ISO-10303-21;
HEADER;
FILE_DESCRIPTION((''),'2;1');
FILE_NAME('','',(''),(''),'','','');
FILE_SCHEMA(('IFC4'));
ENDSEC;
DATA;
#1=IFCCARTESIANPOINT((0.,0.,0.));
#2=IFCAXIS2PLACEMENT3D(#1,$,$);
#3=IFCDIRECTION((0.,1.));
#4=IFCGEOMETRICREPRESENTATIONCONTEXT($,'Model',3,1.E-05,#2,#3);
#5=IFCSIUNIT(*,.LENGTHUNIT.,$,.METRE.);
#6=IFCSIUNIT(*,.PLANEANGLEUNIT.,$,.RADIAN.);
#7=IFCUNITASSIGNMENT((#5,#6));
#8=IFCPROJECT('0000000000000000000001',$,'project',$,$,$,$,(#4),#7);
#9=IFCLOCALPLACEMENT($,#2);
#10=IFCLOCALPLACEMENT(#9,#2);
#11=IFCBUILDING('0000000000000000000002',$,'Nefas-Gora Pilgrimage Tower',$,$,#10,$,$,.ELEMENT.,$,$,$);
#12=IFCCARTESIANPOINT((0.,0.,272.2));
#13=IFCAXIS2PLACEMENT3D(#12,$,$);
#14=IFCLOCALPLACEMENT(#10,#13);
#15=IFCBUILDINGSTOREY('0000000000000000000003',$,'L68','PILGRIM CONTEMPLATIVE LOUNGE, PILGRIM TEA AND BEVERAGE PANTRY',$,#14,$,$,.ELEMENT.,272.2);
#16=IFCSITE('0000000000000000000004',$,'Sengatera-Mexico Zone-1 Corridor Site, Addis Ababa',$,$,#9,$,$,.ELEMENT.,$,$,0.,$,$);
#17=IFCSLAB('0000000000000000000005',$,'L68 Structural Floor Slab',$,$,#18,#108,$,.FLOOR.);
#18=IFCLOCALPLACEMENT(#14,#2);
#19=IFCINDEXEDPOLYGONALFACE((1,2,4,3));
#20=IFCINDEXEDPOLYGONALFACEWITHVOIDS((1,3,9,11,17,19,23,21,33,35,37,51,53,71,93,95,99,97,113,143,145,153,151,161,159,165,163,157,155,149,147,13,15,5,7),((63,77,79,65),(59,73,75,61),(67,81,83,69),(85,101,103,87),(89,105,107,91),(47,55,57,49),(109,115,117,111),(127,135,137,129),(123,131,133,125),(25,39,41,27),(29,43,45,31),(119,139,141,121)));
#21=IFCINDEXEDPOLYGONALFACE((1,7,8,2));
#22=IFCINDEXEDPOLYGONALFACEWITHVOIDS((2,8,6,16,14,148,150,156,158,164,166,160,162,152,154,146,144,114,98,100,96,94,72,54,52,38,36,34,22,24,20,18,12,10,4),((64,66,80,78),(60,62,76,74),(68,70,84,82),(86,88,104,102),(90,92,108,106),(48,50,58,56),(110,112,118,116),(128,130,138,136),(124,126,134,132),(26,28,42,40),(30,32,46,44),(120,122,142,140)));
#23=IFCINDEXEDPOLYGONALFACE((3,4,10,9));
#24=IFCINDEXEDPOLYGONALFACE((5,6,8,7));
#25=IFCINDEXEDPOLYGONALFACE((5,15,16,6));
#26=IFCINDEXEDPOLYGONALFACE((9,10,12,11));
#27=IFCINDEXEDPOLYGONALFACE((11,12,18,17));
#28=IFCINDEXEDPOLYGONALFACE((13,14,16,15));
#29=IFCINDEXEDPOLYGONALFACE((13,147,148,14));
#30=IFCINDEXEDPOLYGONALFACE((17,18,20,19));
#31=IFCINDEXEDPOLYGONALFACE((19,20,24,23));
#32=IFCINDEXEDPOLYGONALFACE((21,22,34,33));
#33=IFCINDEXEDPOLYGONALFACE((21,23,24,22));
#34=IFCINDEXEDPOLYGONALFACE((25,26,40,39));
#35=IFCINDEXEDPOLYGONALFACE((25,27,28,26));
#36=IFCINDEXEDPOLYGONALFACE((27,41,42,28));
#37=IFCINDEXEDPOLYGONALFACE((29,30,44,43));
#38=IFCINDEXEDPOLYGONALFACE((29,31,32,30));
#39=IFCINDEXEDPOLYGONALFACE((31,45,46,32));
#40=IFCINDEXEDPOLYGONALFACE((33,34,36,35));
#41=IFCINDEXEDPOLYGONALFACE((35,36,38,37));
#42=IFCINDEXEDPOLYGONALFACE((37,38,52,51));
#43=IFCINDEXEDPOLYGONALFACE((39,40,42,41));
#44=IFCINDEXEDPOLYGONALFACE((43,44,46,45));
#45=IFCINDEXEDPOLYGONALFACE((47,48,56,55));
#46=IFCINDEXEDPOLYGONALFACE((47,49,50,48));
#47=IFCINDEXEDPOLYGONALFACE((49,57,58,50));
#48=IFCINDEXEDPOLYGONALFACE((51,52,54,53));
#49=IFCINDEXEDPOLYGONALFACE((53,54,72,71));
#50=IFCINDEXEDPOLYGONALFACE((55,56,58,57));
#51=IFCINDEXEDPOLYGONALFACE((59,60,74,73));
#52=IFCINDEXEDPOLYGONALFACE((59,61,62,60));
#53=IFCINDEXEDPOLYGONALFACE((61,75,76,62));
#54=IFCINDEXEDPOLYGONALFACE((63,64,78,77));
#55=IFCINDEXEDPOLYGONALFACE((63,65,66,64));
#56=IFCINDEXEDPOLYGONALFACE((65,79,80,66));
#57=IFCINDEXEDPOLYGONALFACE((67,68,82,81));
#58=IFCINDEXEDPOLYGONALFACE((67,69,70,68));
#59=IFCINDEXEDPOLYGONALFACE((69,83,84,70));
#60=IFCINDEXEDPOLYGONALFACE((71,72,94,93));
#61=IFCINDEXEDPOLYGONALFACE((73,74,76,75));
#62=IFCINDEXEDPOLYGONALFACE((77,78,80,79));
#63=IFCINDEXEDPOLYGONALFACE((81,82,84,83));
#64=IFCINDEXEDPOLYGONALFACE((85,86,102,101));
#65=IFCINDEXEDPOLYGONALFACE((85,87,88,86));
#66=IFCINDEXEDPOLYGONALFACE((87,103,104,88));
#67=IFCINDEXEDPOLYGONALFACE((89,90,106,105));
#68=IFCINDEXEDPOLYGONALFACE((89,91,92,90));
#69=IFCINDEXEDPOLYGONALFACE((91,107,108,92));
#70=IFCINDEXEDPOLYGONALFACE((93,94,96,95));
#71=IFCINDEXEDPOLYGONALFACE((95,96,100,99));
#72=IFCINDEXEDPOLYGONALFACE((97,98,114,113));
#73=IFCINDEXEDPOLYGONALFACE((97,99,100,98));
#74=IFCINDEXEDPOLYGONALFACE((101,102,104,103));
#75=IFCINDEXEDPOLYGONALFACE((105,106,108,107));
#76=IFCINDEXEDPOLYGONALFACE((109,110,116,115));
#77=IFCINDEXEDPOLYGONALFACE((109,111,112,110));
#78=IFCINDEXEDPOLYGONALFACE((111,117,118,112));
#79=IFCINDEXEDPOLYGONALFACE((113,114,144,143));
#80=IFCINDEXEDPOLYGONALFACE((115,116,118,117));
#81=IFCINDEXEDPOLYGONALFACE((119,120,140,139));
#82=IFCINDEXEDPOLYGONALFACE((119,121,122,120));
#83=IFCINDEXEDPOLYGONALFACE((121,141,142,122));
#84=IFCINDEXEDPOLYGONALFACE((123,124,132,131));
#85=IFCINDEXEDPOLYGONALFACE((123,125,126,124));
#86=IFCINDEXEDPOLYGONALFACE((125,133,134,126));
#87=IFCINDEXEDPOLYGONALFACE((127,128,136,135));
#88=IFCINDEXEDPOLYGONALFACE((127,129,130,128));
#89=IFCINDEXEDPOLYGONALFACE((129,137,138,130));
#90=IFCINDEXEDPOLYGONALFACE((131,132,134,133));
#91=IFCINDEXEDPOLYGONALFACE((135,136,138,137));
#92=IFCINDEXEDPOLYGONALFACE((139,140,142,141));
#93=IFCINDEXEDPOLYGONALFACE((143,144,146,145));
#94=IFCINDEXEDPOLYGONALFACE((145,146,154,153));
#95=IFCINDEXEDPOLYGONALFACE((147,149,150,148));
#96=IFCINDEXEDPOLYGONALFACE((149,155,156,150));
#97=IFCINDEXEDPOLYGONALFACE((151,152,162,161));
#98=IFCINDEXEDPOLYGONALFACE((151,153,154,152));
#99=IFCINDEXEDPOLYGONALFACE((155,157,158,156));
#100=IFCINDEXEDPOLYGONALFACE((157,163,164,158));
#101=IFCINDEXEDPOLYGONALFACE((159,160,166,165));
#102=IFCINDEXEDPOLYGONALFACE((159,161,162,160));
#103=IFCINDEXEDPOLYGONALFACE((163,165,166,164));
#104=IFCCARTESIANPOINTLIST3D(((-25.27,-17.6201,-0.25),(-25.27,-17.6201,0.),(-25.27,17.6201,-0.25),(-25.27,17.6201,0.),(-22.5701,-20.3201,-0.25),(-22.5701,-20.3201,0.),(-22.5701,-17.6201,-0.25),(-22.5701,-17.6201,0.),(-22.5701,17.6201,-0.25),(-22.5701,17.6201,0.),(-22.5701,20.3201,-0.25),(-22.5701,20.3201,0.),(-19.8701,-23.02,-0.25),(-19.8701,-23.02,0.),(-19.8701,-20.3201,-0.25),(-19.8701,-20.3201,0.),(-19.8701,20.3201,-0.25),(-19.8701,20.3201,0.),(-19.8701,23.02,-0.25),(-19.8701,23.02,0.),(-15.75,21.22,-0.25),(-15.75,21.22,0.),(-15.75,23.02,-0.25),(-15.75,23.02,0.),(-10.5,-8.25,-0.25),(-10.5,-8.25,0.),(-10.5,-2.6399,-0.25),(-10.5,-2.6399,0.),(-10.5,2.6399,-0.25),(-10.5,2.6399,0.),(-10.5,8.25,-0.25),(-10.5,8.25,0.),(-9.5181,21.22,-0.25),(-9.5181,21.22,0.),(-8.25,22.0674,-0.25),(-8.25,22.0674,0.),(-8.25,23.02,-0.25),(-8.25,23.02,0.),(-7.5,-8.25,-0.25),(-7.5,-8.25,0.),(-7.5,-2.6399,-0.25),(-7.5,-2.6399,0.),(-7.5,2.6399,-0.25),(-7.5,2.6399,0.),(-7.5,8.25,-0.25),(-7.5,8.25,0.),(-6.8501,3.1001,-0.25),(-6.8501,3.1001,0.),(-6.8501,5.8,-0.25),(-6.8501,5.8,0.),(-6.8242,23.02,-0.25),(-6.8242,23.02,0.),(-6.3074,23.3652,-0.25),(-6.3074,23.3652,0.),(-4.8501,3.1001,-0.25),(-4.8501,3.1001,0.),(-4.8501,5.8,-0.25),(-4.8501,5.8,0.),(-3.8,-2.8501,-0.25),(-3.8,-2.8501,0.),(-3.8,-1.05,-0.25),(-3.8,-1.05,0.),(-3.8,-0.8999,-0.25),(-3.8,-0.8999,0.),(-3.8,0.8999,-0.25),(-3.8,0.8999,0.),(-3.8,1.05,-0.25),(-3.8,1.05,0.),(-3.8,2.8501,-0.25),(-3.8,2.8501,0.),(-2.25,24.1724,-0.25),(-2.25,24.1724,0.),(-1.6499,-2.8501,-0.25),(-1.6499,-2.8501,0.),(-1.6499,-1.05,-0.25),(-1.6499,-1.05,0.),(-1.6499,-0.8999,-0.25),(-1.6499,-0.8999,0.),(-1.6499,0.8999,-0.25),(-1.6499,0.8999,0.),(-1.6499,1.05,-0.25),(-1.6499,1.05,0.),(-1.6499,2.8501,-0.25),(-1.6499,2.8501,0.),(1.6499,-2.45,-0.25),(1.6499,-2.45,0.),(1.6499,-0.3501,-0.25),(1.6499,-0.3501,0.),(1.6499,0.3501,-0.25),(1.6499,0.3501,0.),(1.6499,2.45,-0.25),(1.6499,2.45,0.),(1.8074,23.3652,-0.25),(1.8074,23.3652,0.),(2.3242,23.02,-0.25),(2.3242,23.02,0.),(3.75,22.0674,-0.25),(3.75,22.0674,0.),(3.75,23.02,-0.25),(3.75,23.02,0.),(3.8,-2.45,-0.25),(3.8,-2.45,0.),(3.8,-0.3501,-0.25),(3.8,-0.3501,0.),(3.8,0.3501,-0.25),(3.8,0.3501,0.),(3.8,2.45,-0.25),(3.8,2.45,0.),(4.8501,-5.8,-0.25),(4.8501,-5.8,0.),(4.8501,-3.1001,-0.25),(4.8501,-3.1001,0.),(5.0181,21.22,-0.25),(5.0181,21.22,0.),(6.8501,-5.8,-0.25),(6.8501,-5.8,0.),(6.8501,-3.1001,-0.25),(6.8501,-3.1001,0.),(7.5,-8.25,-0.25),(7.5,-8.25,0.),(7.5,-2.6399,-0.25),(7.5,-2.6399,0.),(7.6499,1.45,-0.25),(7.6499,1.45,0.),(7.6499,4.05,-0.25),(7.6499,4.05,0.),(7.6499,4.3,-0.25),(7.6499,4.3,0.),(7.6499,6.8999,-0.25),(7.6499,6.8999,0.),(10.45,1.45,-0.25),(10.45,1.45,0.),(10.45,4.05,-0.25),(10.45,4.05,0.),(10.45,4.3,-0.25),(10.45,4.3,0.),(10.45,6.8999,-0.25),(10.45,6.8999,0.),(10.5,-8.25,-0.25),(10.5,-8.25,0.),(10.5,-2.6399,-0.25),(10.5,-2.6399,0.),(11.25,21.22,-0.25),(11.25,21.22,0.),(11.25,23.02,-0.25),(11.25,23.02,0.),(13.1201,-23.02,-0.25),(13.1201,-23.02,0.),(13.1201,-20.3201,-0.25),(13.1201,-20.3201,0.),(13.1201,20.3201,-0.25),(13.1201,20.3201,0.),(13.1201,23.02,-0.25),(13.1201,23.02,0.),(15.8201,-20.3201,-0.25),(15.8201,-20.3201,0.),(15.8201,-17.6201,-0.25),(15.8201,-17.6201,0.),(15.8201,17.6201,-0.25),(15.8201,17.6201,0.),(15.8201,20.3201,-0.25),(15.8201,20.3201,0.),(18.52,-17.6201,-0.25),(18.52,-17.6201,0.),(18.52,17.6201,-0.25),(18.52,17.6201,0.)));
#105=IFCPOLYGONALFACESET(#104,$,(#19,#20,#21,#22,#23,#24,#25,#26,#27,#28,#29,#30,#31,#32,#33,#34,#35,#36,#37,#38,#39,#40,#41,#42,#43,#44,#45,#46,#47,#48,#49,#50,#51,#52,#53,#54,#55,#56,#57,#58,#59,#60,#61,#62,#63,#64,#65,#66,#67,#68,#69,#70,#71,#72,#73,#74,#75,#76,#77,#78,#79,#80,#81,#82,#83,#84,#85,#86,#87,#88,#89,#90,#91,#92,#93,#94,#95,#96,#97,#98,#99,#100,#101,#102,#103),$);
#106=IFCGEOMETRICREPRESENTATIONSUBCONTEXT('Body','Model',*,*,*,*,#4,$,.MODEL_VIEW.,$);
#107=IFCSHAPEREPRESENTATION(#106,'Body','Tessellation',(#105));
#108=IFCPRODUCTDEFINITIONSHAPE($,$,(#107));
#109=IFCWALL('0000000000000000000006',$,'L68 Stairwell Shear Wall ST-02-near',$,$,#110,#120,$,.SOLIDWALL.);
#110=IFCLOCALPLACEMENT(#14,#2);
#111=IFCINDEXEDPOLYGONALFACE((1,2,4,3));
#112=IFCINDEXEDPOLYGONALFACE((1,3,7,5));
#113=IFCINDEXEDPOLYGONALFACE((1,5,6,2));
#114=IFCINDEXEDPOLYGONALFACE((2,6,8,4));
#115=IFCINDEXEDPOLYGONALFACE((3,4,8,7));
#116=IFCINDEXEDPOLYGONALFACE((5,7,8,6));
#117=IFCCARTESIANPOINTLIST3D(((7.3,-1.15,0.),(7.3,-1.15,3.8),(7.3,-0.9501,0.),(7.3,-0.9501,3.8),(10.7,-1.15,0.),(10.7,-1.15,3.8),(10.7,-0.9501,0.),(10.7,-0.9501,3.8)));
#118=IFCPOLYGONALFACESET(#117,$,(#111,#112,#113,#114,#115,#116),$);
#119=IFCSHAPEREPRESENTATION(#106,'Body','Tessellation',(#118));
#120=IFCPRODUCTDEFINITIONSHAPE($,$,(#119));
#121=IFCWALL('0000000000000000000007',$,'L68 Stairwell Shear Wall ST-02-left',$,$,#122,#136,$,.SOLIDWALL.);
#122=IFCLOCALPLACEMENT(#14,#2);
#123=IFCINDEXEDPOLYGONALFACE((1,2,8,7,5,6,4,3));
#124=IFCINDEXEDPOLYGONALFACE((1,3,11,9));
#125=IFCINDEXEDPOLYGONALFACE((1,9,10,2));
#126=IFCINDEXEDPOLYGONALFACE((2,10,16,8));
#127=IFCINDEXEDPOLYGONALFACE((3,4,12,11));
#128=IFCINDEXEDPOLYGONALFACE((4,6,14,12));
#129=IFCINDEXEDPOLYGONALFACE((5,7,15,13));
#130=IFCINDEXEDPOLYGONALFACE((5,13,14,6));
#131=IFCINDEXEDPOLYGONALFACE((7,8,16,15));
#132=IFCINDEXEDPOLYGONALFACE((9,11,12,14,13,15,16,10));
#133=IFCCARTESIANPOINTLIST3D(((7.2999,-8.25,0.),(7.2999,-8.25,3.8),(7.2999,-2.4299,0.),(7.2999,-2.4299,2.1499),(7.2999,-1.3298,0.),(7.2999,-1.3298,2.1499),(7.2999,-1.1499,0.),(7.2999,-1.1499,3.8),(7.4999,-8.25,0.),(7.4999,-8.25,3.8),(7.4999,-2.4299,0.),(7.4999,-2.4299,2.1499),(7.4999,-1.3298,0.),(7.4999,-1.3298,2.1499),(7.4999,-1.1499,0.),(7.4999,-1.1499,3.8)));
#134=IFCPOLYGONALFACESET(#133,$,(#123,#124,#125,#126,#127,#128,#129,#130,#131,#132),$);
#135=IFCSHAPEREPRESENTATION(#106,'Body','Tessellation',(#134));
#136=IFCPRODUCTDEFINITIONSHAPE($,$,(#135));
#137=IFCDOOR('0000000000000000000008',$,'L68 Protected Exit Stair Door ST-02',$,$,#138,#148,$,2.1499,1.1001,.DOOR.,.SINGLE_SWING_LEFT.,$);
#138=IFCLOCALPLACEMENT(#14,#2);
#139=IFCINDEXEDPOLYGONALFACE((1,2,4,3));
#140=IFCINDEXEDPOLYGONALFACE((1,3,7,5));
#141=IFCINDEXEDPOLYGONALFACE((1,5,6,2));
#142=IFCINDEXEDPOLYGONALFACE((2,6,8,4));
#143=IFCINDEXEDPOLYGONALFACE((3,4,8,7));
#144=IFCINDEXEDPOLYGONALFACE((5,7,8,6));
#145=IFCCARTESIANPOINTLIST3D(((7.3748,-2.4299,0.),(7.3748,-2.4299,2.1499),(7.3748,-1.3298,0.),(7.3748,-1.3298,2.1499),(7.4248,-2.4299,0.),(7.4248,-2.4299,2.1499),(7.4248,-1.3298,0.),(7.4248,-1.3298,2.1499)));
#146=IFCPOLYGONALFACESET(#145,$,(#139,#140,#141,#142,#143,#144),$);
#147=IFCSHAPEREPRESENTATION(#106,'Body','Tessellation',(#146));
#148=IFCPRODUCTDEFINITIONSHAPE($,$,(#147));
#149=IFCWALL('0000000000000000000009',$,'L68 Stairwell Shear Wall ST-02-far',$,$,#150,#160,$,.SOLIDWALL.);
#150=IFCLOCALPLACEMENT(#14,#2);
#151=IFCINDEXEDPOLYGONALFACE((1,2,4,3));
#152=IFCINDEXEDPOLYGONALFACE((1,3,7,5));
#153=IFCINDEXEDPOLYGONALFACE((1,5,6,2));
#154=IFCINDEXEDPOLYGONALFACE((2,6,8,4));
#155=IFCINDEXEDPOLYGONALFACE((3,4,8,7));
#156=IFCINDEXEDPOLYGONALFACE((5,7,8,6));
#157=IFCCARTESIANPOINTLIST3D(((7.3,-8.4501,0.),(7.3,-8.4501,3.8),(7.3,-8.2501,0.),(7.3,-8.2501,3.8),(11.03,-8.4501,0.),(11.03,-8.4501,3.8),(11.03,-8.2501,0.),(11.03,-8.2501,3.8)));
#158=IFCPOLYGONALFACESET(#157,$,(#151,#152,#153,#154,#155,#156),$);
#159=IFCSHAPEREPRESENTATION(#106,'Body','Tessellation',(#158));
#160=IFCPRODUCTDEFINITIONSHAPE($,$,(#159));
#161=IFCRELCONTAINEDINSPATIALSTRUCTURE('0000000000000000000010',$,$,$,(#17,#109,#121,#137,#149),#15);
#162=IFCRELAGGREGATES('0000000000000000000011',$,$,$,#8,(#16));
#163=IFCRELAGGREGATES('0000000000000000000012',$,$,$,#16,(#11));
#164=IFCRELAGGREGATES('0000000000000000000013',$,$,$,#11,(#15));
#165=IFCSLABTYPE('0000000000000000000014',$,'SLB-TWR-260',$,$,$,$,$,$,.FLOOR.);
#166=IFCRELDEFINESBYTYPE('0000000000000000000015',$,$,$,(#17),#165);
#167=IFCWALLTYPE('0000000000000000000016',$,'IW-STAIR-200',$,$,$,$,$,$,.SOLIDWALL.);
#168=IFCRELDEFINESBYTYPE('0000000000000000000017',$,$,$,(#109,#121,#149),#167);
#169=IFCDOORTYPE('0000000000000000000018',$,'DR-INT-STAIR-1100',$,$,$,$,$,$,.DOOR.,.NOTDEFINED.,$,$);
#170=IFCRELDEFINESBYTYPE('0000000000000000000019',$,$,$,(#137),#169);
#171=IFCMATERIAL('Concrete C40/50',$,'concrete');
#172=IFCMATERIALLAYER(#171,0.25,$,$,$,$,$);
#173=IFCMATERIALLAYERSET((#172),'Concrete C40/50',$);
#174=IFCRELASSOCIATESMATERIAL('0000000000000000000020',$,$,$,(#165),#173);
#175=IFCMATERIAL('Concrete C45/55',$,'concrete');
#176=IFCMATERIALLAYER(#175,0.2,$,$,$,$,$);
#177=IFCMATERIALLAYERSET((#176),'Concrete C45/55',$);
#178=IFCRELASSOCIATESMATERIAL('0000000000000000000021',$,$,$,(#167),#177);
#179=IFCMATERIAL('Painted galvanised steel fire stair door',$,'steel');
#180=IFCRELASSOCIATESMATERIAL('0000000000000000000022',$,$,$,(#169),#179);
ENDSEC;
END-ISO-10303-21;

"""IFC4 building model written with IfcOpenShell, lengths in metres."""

from ifc_helpers import new_model, si_unit, direction, frame, frame_2d, origin, place, context, subcontext, project, spatial, polyline, rectangle, outline, extrude, source, transform, mapped, material, layer, layer_set, type_object, element, fill, save


model = new_model("IFC4")

# Units and contexts
model_context = context("Model", 3, precision=1e-05, world=origin(), true_north=direction((0.0, 1.0)))
body_context = subcontext(model_context, "Body", "Model", "MODEL_VIEW")
ifc_project = project(units=[si_unit("LENGTHUNIT", "METRE"), si_unit("PLANEANGLEUNIT", "RADIAN")], contexts=[model_context])

# Site, building, storey
site_placement = place(None, origin())
site = spatial("IfcSite", under=ifc_project, at=site_placement, Name="Sengatera-Mexico Zone-1 Corridor Site, Addis Ababa", CompositionType="ELEMENT", RefElevation=0.0)
building_placement = place(site_placement, origin())
building = spatial("IfcBuilding", under=site, at=building_placement, Name="Nefas-Gora Pilgrimage Tower", CompositionType="ELEMENT")
storey_placement = place(building_placement, frame((0.0, 0.0, 272.2)))
storey = spatial("IfcBuildingStorey", under=building, at=storey_placement, Name="L68", Description="PILGRIM CONTEMPLATIVE LOUNGE, PILGRIM TEA AND BEVERAGE PANTRY", CompositionType="ELEMENT", Elevation=272.2)

# Slab
ifc_material_1 = material(Name="Concrete C40/50", Category="concrete")
ifc_layer_1 = layer(ifc_material_1, 0.25)
ifc_layer_set_1 = layer_set([ifc_layer_1], Name="Concrete C40/50")
slab_type_1 = type_object("IfcSlabType", Name="SLB-TWR-260", PredefinedType="FLOOR", material=ifc_layer_set_1)
slab_1_placement = place(storey_placement, frame((0.0, 0.0, -0.25)))
element("IfcSlab", 1, at=slab_1_placement, inside=storey, type_object=slab_type_1, Name="L68 Structural Floor Slab", PredefinedType="FLOOR", context=body_context, shape_type="SweptSolid", body=[
    extrude(outline(polyline([(15.8201, -17.6201), (18.52, -17.6201), (18.52, 17.6201), (15.8201, 17.6201), (15.8201, 20.3201), (13.1201, 20.3201), (13.1201, 23.02), (11.25, 23.02), (11.25, 21.22), (5.0181, 21.22), (3.75, 22.0674), (3.75, 23.02), (2.3242, 23.02), (1.8074, 23.3652), (-2.25, 24.1724), (-6.3074, 23.3652), (-6.8242, 23.02), (-8.25, 23.02), (-8.25, 22.0674), (-9.5181, 21.22), (-15.75, 21.22), (-15.75, 23.02), (-19.8701, 23.02), (-19.8701, 20.3201), (-22.5701, 20.3201), (-22.5701, 17.6201), (-25.27, 17.6201), (-25.27, -17.6201), (-22.5701, -17.6201), (-22.5701, -20.3201), (-19.8701, -20.3201), (-19.8701, -23.02), (13.1201, -23.02), (13.1201, -20.3201), (15.8201, -20.3201), (15.8201, -17.6201)]), holes=[polyline([(-10.5, 2.6399), (-10.5, 8.25), (-7.5, 8.25), (-7.5, 2.6399), (-10.5, 2.6399)]), polyline([(10.5, -2.6399), (10.5, -8.25), (7.5, -8.25), (7.5, -2.6399), (10.5, -2.6399)]), polyline([(-7.5, -2.6399), (-7.5, -8.25), (-10.5, -8.25), (-10.5, -2.6399), (-7.5, -2.6399)]), polyline([(-6.8501, 5.8), (-4.8501, 5.8), (-4.8501, 3.1001), (-6.8501, 3.1001), (-6.8501, 5.8)]), polyline([(4.8501, -3.1001), (6.8501, -3.1001), (6.8501, -5.8), (4.8501, -5.8), (4.8501, -3.1001)]), polyline([(7.6499, 4.05), (10.45, 4.05), (10.45, 1.45), (7.6499, 1.45), (7.6499, 4.05)]), polyline([(7.6499, 6.8999), (10.45, 6.8999), (10.45, 4.3), (7.6499, 4.3), (7.6499, 6.8999)]), polyline([(-3.8, -1.05), (-1.6499, -1.05), (-1.6499, -2.8501), (-3.8, -2.8501), (-3.8, -1.05)]), polyline([(-3.8, 0.8999), (-1.6499, 0.8999), (-1.6499, -0.8999), (-3.8, -0.8999), (-3.8, 0.8999)]), polyline([(-3.8, 2.8501), (-1.6499, 2.8501), (-1.6499, 1.05), (-3.8, 1.05), (-3.8, 2.8501)]), polyline([(1.6499, -0.3501), (3.8, -0.3501), (3.8, -2.45), (1.6499, -2.45), (1.6499, -0.3501)]), polyline([(1.6499, 2.45), (3.8, 2.45), (3.8, 0.3501), (1.6499, 0.3501), (1.6499, 2.45)])]), origin(), (0.0, 0.0, 1.0), 0.25),
])

# Wall
ifc_material_2 = material(Name="Concrete C45/55", Category="concrete")
ifc_layer_2 = layer(ifc_material_2, 0.2)
ifc_layer_set_2 = layer_set([ifc_layer_2], Name="Concrete C45/55")
wall_type_1 = type_object("IfcWallType", Name="IW-STAIR-200", PredefinedType="SOLIDWALL", material=ifc_layer_set_2)
shared_shape_1 = source(origin(), body_context, "Body", "SweptSolid", [
    extrude(rectangle(XDim=3.3999, YDim=0.2, at=frame_2d((1.7, 0.0))), origin(), (0.0, 0.0, 1.0), 3.8),
])
wall_1_placement = place(storey_placement, frame((7.3, -1.05, 0.0), z_axis=(0.0, 0.0, 1.0), x_axis=(1.0, 0.0, 0.0)))
element("IfcWall", 2, at=wall_1_placement, inside=storey, type_object=wall_type_1, Name="L68 Stairwell Shear Wall ST-02-near", PredefinedType="SOLIDWALL", context=body_context, shape_type="MappedRepresentation", body=[
    mapped(shared_shape_1, transform((0.0, 0.0, 0.0), x_axis=(1.0, 0.0, 0.0), y_axis=(0.0, 1.0, 0.0), z_axis=(0.0, 0.0, 1.0), scale=1.0)),
])

# Wall, opening, door
shared_shape_2 = source(origin(), body_context, "Body", "SweptSolid", [
    extrude(rectangle(XDim=7.1001, YDim=0.2, at=frame_2d((3.55, 0.0))), origin(), (0.0, 0.0, 1.0), 3.8),
])
wall_2_placement = place(storey_placement, frame((7.3999, -1.1499, 0.0), z_axis=(0.0, 0.0, 1.0), x_axis=(0.0, -1.0, 0.0)))
wall_2 = element("IfcWall", 3, at=wall_2_placement, inside=storey, type_object=wall_type_1, Name="L68 Stairwell Shear Wall ST-02-left", PredefinedType="SOLIDWALL", context=body_context, shape_type="MappedRepresentation", body=[
    mapped(shared_shape_2, transform((0.0, 0.0, 0.0), x_axis=(1.0, 0.0, 0.0), y_axis=(0.0, 1.0, 0.0), z_axis=(0.0, 0.0, 1.0), scale=1.0)),
])
opening_1_placement = place(wall_2_placement, frame((0.1799, 0.0, 0.0)))
opening_1 = element("IfcOpeningElement", 4, at=opening_1_placement, cuts=wall_2, PredefinedType="OPENING", context=body_context, shape_type="SweptSolid", body=[
    extrude(rectangle(XDim=1.1001, YDim=2.1499, at=frame_2d((0.55, 1.075))), frame((0.0, 0.1099, 0.0), z_axis=(0.0, -1.0, 0.0), x_axis=(1.0, 0.0, 0.0)), (0.0, 0.0, 1.0), 0.22),
])
ifc_material_3 = material(Name="Painted galvanised steel fire stair door", Category="steel")
door_type_1 = type_object("IfcDoorType", Name="DR-INT-STAIR-1100", OperationType="NOTDEFINED", PredefinedType="DOOR", material=ifc_material_3)
shared_shape_3 = source(origin(), body_context, "Body", "SweptSolid", [
    extrude(rectangle(XDim=1.1001, YDim=2.1499, at=frame_2d((0.55, 1.075))), frame((0.0, 0.0249, 0.0), z_axis=(0.0, -1.0, 0.0), x_axis=(1.0, 0.0, 0.0)), (0.0, 0.0, 1.0), 0.05),
])
door_1_placement = place(opening_1_placement, origin())
door_1 = element("IfcDoor", 5, at=door_1_placement, inside=storey, type_object=door_type_1, Name="L68 Protected Exit Stair Door ST-02", OperationType="SINGLE_SWING_LEFT", OverallHeight=2.1499, OverallWidth=1.1001, PredefinedType="DOOR", context=body_context, shape_type="MappedRepresentation", body=[
    mapped(shared_shape_3, transform((0.0, 0.0, 0.0), x_axis=(1.0, 0.0, 0.0), y_axis=(0.0, 1.0, 0.0), z_axis=(0.0, 0.0, 1.0), scale=1.0)),
])
fill(opening_1, door_1)

# Wall
shared_shape_4 = source(origin(), body_context, "Body", "SweptSolid", [
    extrude(rectangle(XDim=3.73, YDim=0.2, at=frame_2d((1.865, 0.0))), origin(), (0.0, 0.0, 1.0), 3.8),
])
wall_3_placement = place(storey_placement, frame((7.3, -8.3501, 0.0), z_axis=(0.0, 0.0, 1.0), x_axis=(1.0, 0.0, 0.0)))
element("IfcWall", 6, at=wall_3_placement, inside=storey, type_object=wall_type_1, Name="L68 Stairwell Shear Wall ST-02-far", PredefinedType="SOLIDWALL", context=body_context, shape_type="MappedRepresentation", body=[
    mapped(shared_shape_4, transform((0.0, 0.0, 0.0), x_axis=(1.0, 0.0, 0.0), y_axis=(0.0, 1.0, 0.0), z_axis=(0.0, 0.0, 1.0), scale=1.0)),
])

save(model, "model.ifc")
